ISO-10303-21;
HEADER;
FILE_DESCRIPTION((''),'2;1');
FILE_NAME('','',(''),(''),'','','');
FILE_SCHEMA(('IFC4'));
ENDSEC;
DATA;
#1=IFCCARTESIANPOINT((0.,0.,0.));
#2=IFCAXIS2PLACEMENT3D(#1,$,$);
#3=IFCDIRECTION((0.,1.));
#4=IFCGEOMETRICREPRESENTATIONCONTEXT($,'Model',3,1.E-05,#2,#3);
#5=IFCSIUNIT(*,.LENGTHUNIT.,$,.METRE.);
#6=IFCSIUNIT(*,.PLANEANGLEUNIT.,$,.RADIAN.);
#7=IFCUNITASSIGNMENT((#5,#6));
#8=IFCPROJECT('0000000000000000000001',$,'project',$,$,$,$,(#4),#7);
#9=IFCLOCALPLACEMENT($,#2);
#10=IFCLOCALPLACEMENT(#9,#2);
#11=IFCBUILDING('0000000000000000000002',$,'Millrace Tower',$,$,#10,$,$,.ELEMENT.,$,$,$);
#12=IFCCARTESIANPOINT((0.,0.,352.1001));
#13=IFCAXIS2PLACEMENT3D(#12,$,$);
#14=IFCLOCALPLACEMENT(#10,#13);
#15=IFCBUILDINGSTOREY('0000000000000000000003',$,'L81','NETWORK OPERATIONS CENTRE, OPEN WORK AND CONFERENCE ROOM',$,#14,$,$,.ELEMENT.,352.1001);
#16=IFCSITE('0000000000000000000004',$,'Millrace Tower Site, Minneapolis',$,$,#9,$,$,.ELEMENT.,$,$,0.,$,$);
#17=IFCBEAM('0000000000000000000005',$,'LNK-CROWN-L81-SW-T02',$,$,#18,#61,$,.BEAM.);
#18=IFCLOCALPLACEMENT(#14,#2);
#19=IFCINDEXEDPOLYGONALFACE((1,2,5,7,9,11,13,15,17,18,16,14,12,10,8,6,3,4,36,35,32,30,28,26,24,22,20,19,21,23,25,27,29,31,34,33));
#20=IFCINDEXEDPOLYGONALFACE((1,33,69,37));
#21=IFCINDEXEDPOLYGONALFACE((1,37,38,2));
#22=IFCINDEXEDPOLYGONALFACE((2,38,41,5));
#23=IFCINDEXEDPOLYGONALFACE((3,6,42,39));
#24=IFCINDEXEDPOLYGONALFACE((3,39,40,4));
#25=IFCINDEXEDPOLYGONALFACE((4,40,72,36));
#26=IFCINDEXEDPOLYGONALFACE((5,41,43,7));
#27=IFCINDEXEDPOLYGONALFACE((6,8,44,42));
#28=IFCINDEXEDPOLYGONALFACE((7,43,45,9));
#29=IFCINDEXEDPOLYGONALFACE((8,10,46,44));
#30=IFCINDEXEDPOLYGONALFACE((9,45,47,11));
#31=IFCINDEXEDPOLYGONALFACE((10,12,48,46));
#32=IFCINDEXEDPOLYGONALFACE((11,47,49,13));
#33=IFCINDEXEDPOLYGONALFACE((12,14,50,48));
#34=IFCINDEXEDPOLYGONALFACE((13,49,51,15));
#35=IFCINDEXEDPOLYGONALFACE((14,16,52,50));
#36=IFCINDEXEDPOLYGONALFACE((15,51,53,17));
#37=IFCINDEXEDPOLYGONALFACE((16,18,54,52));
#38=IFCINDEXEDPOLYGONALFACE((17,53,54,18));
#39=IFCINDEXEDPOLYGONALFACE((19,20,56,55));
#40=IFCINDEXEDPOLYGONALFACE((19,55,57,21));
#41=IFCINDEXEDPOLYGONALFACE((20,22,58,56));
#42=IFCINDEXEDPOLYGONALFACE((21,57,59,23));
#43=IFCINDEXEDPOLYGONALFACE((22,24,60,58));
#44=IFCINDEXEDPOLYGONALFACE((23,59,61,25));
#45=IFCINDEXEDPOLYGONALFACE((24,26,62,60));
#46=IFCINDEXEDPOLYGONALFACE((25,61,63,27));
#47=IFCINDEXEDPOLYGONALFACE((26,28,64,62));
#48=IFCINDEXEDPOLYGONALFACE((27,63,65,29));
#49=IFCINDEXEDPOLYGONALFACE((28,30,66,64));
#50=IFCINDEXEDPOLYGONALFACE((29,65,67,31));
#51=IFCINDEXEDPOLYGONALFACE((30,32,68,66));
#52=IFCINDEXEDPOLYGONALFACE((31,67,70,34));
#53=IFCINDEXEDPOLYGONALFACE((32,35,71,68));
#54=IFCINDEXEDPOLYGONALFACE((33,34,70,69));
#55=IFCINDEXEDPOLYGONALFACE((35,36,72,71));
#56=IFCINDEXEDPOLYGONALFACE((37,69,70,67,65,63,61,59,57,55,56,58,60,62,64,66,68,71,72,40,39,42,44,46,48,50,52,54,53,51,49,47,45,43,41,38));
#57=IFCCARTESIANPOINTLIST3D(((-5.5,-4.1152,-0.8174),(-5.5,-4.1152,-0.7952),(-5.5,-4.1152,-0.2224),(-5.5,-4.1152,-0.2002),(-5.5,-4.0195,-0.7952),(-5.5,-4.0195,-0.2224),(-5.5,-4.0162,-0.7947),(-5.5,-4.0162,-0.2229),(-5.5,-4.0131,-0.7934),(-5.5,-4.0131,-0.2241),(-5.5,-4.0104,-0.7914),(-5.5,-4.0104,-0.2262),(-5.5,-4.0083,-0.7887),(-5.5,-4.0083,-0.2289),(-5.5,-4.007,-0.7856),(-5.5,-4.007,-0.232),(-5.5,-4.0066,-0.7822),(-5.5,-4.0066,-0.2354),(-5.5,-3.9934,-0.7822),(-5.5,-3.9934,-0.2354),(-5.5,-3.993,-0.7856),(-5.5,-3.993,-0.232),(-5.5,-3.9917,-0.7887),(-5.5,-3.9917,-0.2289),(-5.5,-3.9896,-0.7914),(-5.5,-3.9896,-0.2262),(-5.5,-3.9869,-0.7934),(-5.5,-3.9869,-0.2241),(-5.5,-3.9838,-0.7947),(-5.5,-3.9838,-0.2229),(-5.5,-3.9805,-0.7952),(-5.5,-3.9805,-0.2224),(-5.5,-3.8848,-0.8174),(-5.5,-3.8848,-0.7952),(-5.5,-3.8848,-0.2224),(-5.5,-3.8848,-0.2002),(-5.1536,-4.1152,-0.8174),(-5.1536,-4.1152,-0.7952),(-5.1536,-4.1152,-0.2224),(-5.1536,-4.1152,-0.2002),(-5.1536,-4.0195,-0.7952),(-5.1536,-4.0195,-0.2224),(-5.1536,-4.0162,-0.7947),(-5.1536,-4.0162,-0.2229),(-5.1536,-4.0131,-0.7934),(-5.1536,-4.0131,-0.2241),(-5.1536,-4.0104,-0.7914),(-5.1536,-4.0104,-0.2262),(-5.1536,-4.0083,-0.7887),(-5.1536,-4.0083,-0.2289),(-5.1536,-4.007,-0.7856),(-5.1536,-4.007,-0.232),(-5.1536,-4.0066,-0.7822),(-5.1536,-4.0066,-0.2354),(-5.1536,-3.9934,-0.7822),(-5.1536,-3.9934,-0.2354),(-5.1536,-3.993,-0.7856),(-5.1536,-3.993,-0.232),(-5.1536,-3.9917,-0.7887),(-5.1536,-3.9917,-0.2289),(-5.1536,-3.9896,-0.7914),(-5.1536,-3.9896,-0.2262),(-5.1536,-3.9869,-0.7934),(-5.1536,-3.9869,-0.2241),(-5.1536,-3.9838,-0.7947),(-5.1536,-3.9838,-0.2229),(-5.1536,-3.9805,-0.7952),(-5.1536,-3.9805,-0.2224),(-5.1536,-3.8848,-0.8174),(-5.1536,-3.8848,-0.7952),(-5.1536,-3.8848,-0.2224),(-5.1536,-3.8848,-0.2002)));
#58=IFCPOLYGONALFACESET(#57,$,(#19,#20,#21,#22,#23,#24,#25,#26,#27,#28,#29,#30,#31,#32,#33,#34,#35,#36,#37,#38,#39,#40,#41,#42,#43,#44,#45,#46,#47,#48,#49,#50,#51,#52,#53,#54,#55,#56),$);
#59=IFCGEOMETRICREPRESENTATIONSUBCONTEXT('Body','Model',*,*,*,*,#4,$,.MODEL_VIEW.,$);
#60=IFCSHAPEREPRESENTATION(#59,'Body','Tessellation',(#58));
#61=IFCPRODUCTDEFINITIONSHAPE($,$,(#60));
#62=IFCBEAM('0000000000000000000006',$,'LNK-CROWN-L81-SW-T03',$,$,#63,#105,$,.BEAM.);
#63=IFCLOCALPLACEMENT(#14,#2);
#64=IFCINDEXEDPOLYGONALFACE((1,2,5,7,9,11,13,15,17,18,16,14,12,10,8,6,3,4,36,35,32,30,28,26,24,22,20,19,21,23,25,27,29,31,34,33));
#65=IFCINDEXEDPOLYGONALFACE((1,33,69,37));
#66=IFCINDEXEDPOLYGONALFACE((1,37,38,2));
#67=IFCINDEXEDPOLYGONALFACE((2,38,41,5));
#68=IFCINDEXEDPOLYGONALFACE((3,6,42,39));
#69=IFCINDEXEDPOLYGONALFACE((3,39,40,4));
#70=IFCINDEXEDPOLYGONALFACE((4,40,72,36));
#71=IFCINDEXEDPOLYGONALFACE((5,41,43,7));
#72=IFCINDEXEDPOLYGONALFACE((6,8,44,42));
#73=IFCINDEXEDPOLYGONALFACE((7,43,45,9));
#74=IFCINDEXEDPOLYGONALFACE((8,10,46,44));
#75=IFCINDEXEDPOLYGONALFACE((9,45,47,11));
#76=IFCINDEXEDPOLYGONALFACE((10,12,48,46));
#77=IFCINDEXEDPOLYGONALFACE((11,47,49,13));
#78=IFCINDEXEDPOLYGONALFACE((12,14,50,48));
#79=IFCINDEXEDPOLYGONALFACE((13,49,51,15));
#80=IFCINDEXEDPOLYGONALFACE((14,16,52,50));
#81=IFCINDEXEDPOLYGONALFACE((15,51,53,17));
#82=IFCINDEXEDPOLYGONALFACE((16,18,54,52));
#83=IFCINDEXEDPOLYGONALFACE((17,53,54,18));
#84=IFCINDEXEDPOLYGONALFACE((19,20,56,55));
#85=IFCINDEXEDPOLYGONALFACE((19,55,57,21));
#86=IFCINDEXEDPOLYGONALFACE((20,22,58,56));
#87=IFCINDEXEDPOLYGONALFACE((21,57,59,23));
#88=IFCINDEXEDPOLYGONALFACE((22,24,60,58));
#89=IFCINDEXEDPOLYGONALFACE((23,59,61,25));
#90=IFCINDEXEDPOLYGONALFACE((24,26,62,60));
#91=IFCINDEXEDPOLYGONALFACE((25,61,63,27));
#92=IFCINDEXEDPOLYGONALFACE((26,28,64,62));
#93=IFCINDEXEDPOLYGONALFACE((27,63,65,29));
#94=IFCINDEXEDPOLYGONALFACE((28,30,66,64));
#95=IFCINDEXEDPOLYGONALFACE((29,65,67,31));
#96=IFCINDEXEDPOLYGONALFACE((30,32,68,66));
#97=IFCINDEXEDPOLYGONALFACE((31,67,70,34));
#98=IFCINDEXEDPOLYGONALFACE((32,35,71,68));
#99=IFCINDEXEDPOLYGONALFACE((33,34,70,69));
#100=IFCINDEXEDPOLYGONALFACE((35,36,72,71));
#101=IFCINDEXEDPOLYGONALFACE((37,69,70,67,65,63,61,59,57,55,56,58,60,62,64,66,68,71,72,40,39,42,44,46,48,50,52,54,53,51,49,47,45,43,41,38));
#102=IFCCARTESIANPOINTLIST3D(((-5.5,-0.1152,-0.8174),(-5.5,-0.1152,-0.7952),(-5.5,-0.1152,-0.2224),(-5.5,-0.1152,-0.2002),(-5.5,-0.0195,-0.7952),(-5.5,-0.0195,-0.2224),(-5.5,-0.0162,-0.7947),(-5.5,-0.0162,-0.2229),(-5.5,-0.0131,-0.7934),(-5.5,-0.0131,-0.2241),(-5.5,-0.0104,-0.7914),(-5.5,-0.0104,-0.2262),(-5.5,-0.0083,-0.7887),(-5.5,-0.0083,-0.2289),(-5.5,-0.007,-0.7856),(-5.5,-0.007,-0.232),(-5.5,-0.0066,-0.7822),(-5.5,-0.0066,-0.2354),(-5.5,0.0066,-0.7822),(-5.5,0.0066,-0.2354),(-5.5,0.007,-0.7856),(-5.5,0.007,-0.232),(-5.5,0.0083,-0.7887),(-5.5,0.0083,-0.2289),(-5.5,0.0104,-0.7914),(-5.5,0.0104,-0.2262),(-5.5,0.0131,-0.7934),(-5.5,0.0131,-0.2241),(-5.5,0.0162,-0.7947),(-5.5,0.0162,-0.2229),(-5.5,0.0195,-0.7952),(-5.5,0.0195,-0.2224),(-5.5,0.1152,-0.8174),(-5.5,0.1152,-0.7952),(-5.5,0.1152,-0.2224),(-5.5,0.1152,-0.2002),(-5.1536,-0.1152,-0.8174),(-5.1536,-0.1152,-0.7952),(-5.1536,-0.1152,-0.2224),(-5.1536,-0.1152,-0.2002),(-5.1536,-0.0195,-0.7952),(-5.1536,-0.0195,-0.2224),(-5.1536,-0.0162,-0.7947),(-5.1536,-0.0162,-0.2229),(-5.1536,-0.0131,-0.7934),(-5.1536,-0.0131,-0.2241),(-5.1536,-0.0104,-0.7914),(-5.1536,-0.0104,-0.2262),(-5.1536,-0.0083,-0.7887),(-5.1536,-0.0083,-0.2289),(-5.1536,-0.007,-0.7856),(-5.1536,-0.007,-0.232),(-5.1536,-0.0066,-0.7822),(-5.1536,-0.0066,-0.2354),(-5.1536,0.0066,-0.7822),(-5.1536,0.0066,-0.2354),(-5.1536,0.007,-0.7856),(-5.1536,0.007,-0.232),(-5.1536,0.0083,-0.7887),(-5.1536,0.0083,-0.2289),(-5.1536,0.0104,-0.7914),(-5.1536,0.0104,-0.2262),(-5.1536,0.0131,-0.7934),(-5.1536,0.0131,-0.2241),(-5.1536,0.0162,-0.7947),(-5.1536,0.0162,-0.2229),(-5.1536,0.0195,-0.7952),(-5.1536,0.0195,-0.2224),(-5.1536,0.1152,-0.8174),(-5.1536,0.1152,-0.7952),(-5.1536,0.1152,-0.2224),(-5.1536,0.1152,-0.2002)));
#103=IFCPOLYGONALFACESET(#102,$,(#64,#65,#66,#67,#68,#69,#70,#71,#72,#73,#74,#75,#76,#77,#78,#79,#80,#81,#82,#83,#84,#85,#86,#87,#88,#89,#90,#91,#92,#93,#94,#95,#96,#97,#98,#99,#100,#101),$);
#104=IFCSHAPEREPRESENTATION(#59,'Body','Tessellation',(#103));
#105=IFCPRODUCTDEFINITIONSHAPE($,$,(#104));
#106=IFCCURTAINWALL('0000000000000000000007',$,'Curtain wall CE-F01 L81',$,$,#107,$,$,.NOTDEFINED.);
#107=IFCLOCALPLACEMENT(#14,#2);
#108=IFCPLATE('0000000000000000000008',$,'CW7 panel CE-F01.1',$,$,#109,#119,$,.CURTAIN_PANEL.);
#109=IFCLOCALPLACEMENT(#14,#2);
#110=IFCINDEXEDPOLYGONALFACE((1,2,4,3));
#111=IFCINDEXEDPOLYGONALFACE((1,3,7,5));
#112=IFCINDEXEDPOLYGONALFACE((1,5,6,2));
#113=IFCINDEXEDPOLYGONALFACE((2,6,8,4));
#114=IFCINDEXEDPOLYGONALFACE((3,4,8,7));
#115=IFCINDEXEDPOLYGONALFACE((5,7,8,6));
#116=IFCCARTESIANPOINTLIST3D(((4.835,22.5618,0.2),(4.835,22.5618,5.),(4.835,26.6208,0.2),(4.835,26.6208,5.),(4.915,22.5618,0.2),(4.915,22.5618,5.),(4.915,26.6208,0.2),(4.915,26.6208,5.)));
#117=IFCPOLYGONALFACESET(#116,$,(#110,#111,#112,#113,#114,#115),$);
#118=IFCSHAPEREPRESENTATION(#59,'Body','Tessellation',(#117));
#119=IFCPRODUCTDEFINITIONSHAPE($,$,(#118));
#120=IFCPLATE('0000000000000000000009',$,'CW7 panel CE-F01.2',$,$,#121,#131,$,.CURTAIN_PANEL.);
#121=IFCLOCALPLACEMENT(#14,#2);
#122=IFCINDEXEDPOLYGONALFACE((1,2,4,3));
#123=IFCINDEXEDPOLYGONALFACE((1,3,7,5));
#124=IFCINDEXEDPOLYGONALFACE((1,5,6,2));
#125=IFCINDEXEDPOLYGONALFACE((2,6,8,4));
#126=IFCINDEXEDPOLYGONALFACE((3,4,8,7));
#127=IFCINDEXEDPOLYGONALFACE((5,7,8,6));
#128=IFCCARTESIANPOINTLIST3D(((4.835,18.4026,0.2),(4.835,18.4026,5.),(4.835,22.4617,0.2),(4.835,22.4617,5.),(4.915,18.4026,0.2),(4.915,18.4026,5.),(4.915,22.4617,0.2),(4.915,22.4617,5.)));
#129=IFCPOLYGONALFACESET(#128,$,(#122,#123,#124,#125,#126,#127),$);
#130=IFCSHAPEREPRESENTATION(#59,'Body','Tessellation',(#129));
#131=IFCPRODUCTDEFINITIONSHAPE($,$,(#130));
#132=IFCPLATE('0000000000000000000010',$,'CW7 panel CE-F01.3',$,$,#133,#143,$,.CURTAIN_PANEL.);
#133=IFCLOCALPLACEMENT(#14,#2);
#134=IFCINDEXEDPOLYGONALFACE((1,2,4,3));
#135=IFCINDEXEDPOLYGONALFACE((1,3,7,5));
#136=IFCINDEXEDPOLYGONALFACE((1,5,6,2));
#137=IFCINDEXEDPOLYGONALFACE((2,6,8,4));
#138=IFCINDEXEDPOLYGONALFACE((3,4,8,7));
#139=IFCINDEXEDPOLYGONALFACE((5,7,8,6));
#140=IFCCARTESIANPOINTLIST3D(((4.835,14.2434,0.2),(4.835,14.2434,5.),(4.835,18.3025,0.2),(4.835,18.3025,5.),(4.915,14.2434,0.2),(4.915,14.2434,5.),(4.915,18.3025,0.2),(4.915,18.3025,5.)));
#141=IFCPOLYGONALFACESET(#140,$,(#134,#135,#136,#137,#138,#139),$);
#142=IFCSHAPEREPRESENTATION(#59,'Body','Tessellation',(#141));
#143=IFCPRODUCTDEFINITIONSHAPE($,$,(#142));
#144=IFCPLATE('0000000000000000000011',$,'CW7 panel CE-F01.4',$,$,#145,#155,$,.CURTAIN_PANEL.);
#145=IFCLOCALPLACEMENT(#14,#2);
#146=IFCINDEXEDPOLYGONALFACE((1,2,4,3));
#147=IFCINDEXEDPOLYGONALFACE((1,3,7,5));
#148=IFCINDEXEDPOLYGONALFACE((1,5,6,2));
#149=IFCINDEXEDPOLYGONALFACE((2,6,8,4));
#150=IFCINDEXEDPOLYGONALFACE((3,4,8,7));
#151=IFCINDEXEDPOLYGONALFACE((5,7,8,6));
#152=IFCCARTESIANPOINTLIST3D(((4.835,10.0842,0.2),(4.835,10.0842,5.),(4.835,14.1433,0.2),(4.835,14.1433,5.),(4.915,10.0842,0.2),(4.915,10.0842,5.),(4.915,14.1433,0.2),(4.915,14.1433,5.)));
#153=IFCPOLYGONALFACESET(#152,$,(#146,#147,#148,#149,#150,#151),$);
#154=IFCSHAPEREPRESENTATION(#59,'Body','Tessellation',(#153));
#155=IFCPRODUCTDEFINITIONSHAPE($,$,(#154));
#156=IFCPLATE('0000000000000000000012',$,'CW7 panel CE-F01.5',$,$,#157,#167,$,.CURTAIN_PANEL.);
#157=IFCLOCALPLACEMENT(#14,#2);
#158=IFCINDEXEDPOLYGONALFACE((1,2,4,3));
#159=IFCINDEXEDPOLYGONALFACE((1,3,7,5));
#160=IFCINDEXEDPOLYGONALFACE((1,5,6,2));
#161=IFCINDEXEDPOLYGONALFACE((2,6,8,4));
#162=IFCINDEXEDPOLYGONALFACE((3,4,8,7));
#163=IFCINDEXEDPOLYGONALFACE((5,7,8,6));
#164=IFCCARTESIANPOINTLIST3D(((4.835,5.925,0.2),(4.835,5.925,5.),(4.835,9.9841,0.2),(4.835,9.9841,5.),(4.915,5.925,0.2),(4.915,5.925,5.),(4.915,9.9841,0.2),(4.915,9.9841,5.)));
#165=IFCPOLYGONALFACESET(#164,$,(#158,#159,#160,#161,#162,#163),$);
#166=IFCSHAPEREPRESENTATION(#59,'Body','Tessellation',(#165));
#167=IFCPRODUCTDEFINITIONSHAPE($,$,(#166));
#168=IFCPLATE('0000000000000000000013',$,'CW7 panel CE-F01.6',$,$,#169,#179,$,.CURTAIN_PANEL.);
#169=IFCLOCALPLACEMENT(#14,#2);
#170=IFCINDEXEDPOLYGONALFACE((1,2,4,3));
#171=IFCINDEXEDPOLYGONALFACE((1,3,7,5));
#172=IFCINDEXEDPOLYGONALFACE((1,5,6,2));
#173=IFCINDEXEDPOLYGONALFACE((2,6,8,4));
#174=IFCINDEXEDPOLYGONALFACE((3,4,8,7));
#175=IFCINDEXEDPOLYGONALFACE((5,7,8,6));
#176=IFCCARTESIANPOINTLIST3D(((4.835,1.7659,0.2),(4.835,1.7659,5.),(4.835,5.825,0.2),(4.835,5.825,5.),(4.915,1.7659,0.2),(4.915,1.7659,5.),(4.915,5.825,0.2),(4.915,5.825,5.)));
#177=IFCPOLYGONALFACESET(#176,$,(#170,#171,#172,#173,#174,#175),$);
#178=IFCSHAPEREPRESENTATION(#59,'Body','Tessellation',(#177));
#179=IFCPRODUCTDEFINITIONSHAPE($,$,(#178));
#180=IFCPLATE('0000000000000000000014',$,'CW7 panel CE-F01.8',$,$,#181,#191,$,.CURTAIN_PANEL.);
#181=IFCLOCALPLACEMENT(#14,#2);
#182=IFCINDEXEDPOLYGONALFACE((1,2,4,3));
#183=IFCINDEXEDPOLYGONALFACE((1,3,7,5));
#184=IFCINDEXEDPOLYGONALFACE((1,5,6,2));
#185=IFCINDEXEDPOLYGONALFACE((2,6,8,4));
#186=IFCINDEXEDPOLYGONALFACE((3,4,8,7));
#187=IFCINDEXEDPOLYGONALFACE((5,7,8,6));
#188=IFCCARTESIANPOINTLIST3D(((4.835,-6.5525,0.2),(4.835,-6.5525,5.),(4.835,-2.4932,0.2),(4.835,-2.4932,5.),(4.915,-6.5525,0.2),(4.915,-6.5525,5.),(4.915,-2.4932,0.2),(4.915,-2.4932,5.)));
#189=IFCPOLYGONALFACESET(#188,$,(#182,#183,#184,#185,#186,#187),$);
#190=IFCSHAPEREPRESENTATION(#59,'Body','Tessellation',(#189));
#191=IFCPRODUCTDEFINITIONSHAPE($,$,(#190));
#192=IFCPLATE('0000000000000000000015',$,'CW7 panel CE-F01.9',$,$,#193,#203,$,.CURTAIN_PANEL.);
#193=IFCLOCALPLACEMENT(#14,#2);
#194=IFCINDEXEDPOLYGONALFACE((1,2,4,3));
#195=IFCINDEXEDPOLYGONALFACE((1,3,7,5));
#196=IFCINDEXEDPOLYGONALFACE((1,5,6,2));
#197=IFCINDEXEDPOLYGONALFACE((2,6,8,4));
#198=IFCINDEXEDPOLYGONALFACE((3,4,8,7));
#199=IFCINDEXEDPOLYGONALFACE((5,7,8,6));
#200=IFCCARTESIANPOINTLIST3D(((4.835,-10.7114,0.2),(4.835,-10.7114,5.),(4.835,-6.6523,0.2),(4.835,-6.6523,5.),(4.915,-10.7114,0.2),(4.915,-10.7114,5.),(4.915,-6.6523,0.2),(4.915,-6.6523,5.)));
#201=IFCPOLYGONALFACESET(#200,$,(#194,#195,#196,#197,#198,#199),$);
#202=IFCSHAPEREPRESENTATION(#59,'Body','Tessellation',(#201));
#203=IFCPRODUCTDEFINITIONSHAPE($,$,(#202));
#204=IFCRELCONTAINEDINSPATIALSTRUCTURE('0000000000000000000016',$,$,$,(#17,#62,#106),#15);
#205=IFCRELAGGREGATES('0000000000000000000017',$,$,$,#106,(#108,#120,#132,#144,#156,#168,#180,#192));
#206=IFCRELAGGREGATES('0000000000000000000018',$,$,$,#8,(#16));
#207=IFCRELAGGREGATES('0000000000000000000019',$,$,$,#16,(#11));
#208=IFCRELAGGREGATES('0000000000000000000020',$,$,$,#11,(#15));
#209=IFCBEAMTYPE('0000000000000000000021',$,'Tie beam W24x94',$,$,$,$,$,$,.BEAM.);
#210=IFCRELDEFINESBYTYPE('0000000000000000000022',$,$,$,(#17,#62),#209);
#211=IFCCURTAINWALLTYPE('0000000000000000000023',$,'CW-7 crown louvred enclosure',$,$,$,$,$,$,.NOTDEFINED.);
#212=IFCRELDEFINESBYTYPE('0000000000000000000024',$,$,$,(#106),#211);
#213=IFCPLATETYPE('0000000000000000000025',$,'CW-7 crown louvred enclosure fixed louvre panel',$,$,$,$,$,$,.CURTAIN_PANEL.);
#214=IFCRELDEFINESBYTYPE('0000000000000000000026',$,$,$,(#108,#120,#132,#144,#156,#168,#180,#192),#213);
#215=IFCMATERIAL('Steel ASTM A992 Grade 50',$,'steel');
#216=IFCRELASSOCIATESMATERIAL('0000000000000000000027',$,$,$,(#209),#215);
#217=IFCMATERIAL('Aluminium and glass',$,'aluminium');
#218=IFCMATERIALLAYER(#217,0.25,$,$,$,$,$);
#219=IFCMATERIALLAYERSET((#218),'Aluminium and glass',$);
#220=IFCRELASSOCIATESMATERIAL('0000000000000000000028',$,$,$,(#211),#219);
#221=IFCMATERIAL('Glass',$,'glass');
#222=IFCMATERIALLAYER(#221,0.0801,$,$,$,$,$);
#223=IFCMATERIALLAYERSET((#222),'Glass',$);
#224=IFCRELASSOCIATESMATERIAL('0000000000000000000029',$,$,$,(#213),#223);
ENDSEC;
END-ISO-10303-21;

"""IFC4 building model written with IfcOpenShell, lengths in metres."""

from ifc_helpers import new_model, si_unit, direction, frame, origin, origin_2d, place, context, subcontext, project, spatial, polyline, i_section, outline, extrude, material, layer, layer_set, material_profile, profile_set, type_object, element, aggregate, save


model = new_model("IFC4")

# Units and contexts
model_context = context("Model", 3, precision=1e-05, world=origin(), true_north=direction((0.0, 1.0)))
body_context = subcontext(model_context, "Body", "Model", "MODEL_VIEW")
ifc_project = project(units=[si_unit("LENGTHUNIT", "METRE"), si_unit("PLANEANGLEUNIT", "RADIAN")], contexts=[model_context])

# Site, building, storey
site_placement = place(None, origin())
site = spatial("IfcSite", under=ifc_project, at=site_placement, Name="Millrace Tower Site, Minneapolis", CompositionType="ELEMENT", RefElevation=0.0)
building_placement = place(site_placement, origin())
building = spatial("IfcBuilding", under=site, at=building_placement, Name="Millrace Tower", CompositionType="ELEMENT")
storey_placement = place(building_placement, frame((0.0, 0.0, 352.1001)))
storey = spatial("IfcBuildingStorey", under=building, at=storey_placement, Name="L81", Description="NETWORK OPERATIONS CENTRE, OPEN WORK AND CONFERENCE ROOM", CompositionType="ELEMENT", Elevation=352.1001)

# Beams
ifc_material_1 = material(Name="Steel ASTM A992 Grade 50", Category="steel")
ifc_material_profile_1 = material_profile(ifc_material_1, i_section(OverallWidth=0.2305, OverallDepth=0.6172, WebThickness=0.0132, FlangeThickness=0.0222, FilletRadius=0.0129, at=origin_2d()))
ifc_profile_set_1 = profile_set([ifc_material_profile_1], Name="Steel ASTM A992 Grade 50")
beam_type_1 = type_object("IfcBeamType", Name="Tie beam W24x94", PredefinedType="BEAM", material=ifc_profile_set_1)
for number, where, z_axis, x_axis, name in (
    (1, (-5.1536, -4.0, -0.5088), (-1.0, 0.0, 0.0), (0.0, -1.0, 0.0), "LNK-CROWN-L81-SW-T02"),
    (2, (-5.1536, 0.0, -0.5088), (-1.0, 0.0, 0.0), (0.0, -1.0, 0.0), "LNK-CROWN-L81-SW-T03"),
):
    element("IfcBeam", number, at=place(storey_placement, frame(where, z_axis=z_axis, x_axis=x_axis)), inside=storey, type_object=beam_type_1, Name=name, PredefinedType="BEAM", context=body_context, shape_type="SweptSolid", body=[
        extrude(i_section(OverallWidth=0.2305, OverallDepth=0.6172, WebThickness=0.0132, FlangeThickness=0.0222, FilletRadius=0.0129, at=origin_2d()), origin(), (0.0, 0.0, 1.0), 0.3464),
    ])

# Curtain wall, plates
ifc_material_2 = material(Name="Aluminium and glass", Category="aluminium")
ifc_layer_1 = layer(ifc_material_2, 0.25)
ifc_layer_set_1 = layer_set([ifc_layer_1], Name="Aluminium and glass")
curtain_wall_type = type_object("IfcCurtainWallType", Name="CW-7 crown louvred enclosure", PredefinedType="NOTDEFINED", material=ifc_layer_set_1)
placement_1 = place(storey_placement, origin())
curtain_wall_1 = element("IfcCurtainWall", 3, at=placement_1, inside=storey, type_object=curtain_wall_type, Name="Curtain wall CE-F01 L81", PredefinedType="NOTDEFINED")
ifc_material_3 = material(Name="Glass", Category="glass")
ifc_layer_2 = layer(ifc_material_3, 0.0801)
ifc_layer_set_2 = layer_set([ifc_layer_2], Name="Glass")
plate_type = type_object("IfcPlateType", Name="CW-7 crown louvred enclosure fixed louvre panel", PredefinedType="CURTAIN_PANEL", material=ifc_layer_set_2)
placement_2 = place(storey_placement, frame((0.0, 0.0, 0.2)))
plate_1 = element("IfcPlate", 4, at=placement_2, type_object=plate_type, Name="CW7 panel CE-F01.1", PredefinedType="CURTAIN_PANEL", context=body_context, shape_type="SweptSolid", body=[
    extrude(outline(polyline([(4.835, 26.6208), (4.835, 22.5618), (4.915, 22.5618), (4.915, 26.6208), (4.835, 26.6208)])), origin(), (0.0, 0.0, 1.0), 4.8),
])
plate_2 = element("IfcPlate", 5, at=placement_2, type_object=plate_type, Name="CW7 panel CE-F01.2", PredefinedType="CURTAIN_PANEL", context=body_context, shape_type="SweptSolid", body=[
    extrude(outline(polyline([(4.835, 22.4617), (4.835, 18.4026), (4.915, 18.4026), (4.915, 22.4617), (4.835, 22.4617)])), origin(), (0.0, 0.0, 1.0), 4.8),
])
plate_3 = element("IfcPlate", 6, at=placement_2, type_object=plate_type, Name="CW7 panel CE-F01.3", PredefinedType="CURTAIN_PANEL", context=body_context, shape_type="SweptSolid", body=[
    extrude(outline(polyline([(4.835, 18.3025), (4.835, 14.2434), (4.915, 14.2434), (4.915, 18.3025), (4.835, 18.3025)])), origin(), (0.0, 0.0, 1.0), 4.8),
])
plate_4 = element("IfcPlate", 7, at=placement_2, type_object=plate_type, Name="CW7 panel CE-F01.4", PredefinedType="CURTAIN_PANEL", context=body_context, shape_type="SweptSolid", body=[
    extrude(outline(polyline([(4.835, 14.1433), (4.835, 10.0842), (4.915, 10.0842), (4.915, 14.1433), (4.835, 14.1433)])), origin(), (0.0, 0.0, 1.0), 4.8),
])
plate_5 = element("IfcPlate", 8, at=placement_2, type_object=plate_type, Name="CW7 panel CE-F01.5", PredefinedType="CURTAIN_PANEL", context=body_context, shape_type="SweptSolid", body=[
    extrude(outline(polyline([(4.835, 9.9841), (4.835, 5.925), (4.915, 5.925), (4.915, 9.9841), (4.835, 9.9841)])), origin(), (0.0, 0.0, 1.0), 4.8),
])
plate_6 = element("IfcPlate", 9, at=placement_2, type_object=plate_type, Name="CW7 panel CE-F01.6", PredefinedType="CURTAIN_PANEL", context=body_context, shape_type="SweptSolid", body=[
    extrude(outline(polyline([(4.835, 5.825), (4.835, 1.7659), (4.915, 1.7659), (4.915, 5.825), (4.835, 5.825)])), origin(), (0.0, 0.0, 1.0), 4.8),
])
plate_7 = element("IfcPlate", 10, at=placement_2, type_object=plate_type, Name="CW7 panel CE-F01.8", PredefinedType="CURTAIN_PANEL", context=body_context, shape_type="SweptSolid", body=[
    extrude(outline(polyline([(4.835, -2.4932), (4.835, -6.5525), (4.915, -6.5525), (4.915, -2.4932), (4.835, -2.4932)])), origin(), (0.0, 0.0, 1.0), 4.8),
])
plate_8 = element("IfcPlate", 11, at=placement_2, type_object=plate_type, Name="CW7 panel CE-F01.9", PredefinedType="CURTAIN_PANEL", context=body_context, shape_type="SweptSolid", body=[
    extrude(outline(polyline([(4.835, -6.6523), (4.835, -10.7114), (4.915, -10.7114), (4.915, -6.6523), (4.835, -6.6523)])), origin(), (0.0, 0.0, 1.0), 4.8),
])
aggregate(curtain_wall_1, [plate_1, plate_2, plate_3, plate_4, plate_5, plate_6, plate_7, plate_8])

save(model, "model.ifc")
